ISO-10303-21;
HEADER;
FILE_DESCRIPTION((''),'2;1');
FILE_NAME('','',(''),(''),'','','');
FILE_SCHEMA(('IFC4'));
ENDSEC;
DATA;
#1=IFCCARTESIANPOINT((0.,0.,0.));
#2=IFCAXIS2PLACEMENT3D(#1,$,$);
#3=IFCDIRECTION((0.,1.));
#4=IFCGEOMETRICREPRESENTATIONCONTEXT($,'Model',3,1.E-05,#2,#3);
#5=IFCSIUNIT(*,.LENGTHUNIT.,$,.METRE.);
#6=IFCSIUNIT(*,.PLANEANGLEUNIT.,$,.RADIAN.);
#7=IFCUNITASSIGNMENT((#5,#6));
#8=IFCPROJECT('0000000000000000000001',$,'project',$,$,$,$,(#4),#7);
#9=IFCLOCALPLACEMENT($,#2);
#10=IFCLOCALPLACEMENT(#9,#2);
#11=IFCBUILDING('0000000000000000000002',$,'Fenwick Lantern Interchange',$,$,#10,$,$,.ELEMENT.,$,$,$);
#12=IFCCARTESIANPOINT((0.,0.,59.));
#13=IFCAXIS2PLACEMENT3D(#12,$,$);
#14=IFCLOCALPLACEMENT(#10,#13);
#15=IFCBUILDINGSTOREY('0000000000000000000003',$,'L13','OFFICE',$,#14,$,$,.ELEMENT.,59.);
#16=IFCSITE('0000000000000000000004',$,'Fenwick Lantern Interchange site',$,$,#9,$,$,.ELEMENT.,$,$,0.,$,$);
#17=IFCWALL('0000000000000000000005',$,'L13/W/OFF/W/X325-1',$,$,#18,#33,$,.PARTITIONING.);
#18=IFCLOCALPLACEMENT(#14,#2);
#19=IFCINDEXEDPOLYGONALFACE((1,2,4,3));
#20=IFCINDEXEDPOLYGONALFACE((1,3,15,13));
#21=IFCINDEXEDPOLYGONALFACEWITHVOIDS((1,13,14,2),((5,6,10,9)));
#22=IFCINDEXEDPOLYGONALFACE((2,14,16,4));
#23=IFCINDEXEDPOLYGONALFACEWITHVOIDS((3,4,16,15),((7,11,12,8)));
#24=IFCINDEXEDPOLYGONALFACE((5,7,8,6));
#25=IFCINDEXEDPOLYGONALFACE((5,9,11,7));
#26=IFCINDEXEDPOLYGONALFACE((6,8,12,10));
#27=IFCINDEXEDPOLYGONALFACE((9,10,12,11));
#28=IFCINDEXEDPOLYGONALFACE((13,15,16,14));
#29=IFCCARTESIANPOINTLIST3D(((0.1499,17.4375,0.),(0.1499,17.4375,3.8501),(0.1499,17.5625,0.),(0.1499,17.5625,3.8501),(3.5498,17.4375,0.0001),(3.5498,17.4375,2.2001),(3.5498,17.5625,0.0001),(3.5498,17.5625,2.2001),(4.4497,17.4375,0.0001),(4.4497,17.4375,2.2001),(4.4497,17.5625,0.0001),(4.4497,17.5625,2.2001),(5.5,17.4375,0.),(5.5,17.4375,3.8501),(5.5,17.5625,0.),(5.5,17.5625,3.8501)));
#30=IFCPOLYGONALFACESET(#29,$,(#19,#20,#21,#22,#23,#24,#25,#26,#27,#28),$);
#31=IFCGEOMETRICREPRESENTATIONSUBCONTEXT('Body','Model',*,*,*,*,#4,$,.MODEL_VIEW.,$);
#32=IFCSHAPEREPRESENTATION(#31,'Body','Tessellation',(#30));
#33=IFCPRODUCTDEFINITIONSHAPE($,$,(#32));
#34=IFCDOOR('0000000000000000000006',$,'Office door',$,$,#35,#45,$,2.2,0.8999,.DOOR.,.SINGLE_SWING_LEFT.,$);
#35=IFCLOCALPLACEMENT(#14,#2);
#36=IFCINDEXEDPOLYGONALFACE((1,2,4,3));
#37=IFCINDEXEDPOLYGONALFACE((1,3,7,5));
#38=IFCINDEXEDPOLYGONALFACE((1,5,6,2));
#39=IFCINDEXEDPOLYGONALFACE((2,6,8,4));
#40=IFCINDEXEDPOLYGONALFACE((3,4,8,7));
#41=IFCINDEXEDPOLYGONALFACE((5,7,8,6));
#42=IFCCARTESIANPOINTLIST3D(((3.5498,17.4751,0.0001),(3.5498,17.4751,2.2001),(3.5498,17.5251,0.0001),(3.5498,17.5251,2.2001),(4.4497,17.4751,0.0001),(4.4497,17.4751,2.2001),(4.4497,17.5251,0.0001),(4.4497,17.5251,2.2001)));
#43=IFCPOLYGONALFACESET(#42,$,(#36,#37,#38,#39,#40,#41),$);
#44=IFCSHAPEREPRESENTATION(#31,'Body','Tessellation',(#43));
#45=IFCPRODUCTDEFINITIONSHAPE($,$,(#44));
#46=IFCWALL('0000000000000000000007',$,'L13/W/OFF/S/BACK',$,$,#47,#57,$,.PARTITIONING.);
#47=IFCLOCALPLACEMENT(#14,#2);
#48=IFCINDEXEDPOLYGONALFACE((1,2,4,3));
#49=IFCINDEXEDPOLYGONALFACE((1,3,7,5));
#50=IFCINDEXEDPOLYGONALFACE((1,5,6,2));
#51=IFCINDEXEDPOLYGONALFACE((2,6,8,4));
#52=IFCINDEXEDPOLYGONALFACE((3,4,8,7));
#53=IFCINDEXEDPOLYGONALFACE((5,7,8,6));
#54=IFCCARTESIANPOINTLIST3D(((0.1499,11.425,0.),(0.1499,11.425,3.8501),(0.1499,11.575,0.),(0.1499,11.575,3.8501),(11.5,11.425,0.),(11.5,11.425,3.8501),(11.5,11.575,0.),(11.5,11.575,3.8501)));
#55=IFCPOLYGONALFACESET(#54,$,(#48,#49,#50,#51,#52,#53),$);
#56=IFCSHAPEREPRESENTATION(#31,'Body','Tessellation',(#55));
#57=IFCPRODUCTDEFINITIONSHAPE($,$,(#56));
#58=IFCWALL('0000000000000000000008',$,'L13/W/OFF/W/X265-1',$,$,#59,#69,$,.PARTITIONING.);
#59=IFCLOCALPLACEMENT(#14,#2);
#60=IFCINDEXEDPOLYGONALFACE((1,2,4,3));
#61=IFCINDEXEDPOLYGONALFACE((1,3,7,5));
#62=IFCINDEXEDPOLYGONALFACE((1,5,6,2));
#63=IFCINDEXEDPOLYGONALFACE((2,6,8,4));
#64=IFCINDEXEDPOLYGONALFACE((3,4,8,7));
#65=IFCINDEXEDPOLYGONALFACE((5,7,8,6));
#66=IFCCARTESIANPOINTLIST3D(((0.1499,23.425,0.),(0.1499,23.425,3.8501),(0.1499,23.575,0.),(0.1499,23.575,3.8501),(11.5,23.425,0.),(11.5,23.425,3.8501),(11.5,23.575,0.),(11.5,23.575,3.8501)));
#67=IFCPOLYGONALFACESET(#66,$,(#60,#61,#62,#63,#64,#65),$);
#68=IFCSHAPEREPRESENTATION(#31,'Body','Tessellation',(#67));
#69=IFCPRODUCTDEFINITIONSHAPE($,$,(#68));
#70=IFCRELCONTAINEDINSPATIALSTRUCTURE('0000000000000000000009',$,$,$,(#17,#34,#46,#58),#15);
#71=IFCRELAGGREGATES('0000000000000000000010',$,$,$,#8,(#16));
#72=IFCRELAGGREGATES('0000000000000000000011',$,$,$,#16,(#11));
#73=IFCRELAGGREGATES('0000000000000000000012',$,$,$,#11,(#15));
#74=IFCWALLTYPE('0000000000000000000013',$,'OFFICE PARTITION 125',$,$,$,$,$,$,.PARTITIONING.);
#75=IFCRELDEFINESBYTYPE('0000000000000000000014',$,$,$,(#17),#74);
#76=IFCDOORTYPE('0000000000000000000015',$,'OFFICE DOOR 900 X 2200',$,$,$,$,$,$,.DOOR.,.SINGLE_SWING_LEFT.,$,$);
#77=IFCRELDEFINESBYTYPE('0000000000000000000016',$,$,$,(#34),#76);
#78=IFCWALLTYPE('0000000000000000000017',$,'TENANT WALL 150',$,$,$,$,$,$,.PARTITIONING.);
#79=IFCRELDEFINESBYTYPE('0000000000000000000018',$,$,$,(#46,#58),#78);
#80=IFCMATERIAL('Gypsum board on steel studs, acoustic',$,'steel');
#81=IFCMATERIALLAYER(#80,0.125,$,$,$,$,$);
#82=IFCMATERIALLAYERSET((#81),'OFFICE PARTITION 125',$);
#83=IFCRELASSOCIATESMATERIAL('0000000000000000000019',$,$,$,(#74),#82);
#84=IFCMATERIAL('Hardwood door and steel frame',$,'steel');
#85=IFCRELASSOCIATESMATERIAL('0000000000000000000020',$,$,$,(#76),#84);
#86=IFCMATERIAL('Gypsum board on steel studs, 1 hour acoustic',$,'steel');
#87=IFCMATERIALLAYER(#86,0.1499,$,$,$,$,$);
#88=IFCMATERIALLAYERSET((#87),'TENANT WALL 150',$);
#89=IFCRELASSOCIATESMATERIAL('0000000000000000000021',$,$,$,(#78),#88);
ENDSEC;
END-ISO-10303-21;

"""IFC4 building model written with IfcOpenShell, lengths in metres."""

from ifc_helpers import new_model, si_unit, direction, frame, frame_2d, origin, place, context, subcontext, project, spatial, rectangle, extrude, material, layer, layer_set, type_object, element, fill, save


model = new_model("IFC4")

# Units and contexts
model_context = context("Model", 3, precision=1e-05, world=origin(), true_north=direction((0.0, 1.0)))
body_context = subcontext(model_context, "Body", "Model", "MODEL_VIEW")
ifc_project = project(units=[si_unit("LENGTHUNIT", "METRE"), si_unit("PLANEANGLEUNIT", "RADIAN")], contexts=[model_context])

# Site, building, storey
site_placement = place(None, origin())
site = spatial("IfcSite", under=ifc_project, at=site_placement, Name="Fenwick Lantern Interchange site", CompositionType="ELEMENT", RefElevation=0.0)
building_placement = place(site_placement, origin())
building = spatial("IfcBuilding", under=site, at=building_placement, Name="Fenwick Lantern Interchange", CompositionType="ELEMENT")
storey_placement = place(building_placement, frame((0.0, 0.0, 59.0)))
storey = spatial("IfcBuildingStorey", under=building, at=storey_placement, Name="L13", Description="OFFICE", CompositionType="ELEMENT", Elevation=59.0)

# Wall, opening, door
ifc_material_1 = material(Name="Gypsum board on steel studs, acoustic", Category="steel")
ifc_layer_1 = layer(ifc_material_1, 0.125)
ifc_layer_set_1 = layer_set([ifc_layer_1], Name="OFFICE PARTITION 125")
wall_type_1 = type_object("IfcWallType", Name="OFFICE PARTITION 125", PredefinedType="PARTITIONING", material=ifc_layer_set_1)
wall_placement = place(storey_placement, frame((0.1499, 17.5, 0.0), z_axis=(0.0, 0.0, 1.0), x_axis=(1.0, 0.0, 0.0)))
wall = element("IfcWall", 1, at=wall_placement, inside=storey, type_object=wall_type_1, Name="L13/W/OFF/W/X325-1", PredefinedType="PARTITIONING", context=body_context, shape_type="SweptSolid", body=[
    extrude(rectangle(XDim=5.3501, YDim=0.125, at=frame_2d((2.675, 0.0))), origin(), (0.0, 0.0, 1.0), 3.8501),
])
opening_placement = place(wall_placement, frame((3.3999, 0.0, 0.0)))
opening = element("IfcOpeningElement", 2, at=opening_placement, cuts=wall, PredefinedType="OPENING", context=body_context, shape_type="SweptSolid", body=[
    extrude(rectangle(XDim=0.8999, YDim=2.2, at=frame_2d((0.45, 1.1001))), frame((0.0, 0.0725, 0.0), z_axis=(0.0, -1.0, 0.0), x_axis=(1.0, 0.0, 0.0)), (0.0, 0.0, 1.0), 0.145),
])
ifc_material_2 = material(Name="Hardwood door and steel frame", Category="steel")
door_type = type_object("IfcDoorType", Name="OFFICE DOOR 900 X 2200", OperationType="SINGLE_SWING_LEFT", PredefinedType="DOOR", material=ifc_material_2)
door_placement = place(opening_placement, frame((0.8999, 0.0, 0.0), z_axis=(0.0, 0.0, 1.0), x_axis=(-1.0, 0.0, 0.0)))
door = element("IfcDoor", 3, at=door_placement, inside=storey, type_object=door_type, Name="Office door", OperationType="SINGLE_SWING_LEFT", OverallHeight=2.2, OverallWidth=0.8999, PredefinedType="DOOR", context=body_context, shape_type="SweptSolid", body=[
    extrude(rectangle(XDim=0.8999, YDim=2.2, at=frame_2d((0.45, 1.1001))), frame((0.0, 0.0249, 0.0), z_axis=(0.0, -1.0, 0.0), x_axis=(1.0, 0.0, 0.0)), (0.0, 0.0, 1.0), 0.05),
])
fill(opening, door)

# Walls
ifc_material_3 = material(Name="Gypsum board on steel studs, 1 hour acoustic", Category="steel")
ifc_layer_2 = layer(ifc_material_3, 0.1499)
ifc_layer_set_2 = layer_set([ifc_layer_2], Name="TENANT WALL 150")
wall_type_2 = type_object("IfcWallType", Name="TENANT WALL 150", PredefinedType="PARTITIONING", material=ifc_layer_set_2)
for number, where, z_axis, x_axis, name in (
    (4, (0.1499, 11.5, 0.0), (0.0, 0.0, 1.0), (1.0, 0.0, 0.0), "L13/W/OFF/S/BACK"),
    (5, (0.1499, 23.5, 0.0), (0.0, 0.0, 1.0), (1.0, 0.0, 0.0), "L13/W/OFF/W/X265-1"),
):
    element("IfcWall", number, at=place(storey_placement, frame(where, z_axis=z_axis, x_axis=x_axis)), inside=storey, type_object=wall_type_2, Name=name, PredefinedType="PARTITIONING", context=body_context, shape_type="SweptSolid", body=[
        extrude(rectangle(XDim=11.3501, YDim=0.1499, at=frame_2d((5.675, 0.0))), origin(), (0.0, 0.0, 1.0), 3.8501),
    ])

save(model, "model.ifc")
